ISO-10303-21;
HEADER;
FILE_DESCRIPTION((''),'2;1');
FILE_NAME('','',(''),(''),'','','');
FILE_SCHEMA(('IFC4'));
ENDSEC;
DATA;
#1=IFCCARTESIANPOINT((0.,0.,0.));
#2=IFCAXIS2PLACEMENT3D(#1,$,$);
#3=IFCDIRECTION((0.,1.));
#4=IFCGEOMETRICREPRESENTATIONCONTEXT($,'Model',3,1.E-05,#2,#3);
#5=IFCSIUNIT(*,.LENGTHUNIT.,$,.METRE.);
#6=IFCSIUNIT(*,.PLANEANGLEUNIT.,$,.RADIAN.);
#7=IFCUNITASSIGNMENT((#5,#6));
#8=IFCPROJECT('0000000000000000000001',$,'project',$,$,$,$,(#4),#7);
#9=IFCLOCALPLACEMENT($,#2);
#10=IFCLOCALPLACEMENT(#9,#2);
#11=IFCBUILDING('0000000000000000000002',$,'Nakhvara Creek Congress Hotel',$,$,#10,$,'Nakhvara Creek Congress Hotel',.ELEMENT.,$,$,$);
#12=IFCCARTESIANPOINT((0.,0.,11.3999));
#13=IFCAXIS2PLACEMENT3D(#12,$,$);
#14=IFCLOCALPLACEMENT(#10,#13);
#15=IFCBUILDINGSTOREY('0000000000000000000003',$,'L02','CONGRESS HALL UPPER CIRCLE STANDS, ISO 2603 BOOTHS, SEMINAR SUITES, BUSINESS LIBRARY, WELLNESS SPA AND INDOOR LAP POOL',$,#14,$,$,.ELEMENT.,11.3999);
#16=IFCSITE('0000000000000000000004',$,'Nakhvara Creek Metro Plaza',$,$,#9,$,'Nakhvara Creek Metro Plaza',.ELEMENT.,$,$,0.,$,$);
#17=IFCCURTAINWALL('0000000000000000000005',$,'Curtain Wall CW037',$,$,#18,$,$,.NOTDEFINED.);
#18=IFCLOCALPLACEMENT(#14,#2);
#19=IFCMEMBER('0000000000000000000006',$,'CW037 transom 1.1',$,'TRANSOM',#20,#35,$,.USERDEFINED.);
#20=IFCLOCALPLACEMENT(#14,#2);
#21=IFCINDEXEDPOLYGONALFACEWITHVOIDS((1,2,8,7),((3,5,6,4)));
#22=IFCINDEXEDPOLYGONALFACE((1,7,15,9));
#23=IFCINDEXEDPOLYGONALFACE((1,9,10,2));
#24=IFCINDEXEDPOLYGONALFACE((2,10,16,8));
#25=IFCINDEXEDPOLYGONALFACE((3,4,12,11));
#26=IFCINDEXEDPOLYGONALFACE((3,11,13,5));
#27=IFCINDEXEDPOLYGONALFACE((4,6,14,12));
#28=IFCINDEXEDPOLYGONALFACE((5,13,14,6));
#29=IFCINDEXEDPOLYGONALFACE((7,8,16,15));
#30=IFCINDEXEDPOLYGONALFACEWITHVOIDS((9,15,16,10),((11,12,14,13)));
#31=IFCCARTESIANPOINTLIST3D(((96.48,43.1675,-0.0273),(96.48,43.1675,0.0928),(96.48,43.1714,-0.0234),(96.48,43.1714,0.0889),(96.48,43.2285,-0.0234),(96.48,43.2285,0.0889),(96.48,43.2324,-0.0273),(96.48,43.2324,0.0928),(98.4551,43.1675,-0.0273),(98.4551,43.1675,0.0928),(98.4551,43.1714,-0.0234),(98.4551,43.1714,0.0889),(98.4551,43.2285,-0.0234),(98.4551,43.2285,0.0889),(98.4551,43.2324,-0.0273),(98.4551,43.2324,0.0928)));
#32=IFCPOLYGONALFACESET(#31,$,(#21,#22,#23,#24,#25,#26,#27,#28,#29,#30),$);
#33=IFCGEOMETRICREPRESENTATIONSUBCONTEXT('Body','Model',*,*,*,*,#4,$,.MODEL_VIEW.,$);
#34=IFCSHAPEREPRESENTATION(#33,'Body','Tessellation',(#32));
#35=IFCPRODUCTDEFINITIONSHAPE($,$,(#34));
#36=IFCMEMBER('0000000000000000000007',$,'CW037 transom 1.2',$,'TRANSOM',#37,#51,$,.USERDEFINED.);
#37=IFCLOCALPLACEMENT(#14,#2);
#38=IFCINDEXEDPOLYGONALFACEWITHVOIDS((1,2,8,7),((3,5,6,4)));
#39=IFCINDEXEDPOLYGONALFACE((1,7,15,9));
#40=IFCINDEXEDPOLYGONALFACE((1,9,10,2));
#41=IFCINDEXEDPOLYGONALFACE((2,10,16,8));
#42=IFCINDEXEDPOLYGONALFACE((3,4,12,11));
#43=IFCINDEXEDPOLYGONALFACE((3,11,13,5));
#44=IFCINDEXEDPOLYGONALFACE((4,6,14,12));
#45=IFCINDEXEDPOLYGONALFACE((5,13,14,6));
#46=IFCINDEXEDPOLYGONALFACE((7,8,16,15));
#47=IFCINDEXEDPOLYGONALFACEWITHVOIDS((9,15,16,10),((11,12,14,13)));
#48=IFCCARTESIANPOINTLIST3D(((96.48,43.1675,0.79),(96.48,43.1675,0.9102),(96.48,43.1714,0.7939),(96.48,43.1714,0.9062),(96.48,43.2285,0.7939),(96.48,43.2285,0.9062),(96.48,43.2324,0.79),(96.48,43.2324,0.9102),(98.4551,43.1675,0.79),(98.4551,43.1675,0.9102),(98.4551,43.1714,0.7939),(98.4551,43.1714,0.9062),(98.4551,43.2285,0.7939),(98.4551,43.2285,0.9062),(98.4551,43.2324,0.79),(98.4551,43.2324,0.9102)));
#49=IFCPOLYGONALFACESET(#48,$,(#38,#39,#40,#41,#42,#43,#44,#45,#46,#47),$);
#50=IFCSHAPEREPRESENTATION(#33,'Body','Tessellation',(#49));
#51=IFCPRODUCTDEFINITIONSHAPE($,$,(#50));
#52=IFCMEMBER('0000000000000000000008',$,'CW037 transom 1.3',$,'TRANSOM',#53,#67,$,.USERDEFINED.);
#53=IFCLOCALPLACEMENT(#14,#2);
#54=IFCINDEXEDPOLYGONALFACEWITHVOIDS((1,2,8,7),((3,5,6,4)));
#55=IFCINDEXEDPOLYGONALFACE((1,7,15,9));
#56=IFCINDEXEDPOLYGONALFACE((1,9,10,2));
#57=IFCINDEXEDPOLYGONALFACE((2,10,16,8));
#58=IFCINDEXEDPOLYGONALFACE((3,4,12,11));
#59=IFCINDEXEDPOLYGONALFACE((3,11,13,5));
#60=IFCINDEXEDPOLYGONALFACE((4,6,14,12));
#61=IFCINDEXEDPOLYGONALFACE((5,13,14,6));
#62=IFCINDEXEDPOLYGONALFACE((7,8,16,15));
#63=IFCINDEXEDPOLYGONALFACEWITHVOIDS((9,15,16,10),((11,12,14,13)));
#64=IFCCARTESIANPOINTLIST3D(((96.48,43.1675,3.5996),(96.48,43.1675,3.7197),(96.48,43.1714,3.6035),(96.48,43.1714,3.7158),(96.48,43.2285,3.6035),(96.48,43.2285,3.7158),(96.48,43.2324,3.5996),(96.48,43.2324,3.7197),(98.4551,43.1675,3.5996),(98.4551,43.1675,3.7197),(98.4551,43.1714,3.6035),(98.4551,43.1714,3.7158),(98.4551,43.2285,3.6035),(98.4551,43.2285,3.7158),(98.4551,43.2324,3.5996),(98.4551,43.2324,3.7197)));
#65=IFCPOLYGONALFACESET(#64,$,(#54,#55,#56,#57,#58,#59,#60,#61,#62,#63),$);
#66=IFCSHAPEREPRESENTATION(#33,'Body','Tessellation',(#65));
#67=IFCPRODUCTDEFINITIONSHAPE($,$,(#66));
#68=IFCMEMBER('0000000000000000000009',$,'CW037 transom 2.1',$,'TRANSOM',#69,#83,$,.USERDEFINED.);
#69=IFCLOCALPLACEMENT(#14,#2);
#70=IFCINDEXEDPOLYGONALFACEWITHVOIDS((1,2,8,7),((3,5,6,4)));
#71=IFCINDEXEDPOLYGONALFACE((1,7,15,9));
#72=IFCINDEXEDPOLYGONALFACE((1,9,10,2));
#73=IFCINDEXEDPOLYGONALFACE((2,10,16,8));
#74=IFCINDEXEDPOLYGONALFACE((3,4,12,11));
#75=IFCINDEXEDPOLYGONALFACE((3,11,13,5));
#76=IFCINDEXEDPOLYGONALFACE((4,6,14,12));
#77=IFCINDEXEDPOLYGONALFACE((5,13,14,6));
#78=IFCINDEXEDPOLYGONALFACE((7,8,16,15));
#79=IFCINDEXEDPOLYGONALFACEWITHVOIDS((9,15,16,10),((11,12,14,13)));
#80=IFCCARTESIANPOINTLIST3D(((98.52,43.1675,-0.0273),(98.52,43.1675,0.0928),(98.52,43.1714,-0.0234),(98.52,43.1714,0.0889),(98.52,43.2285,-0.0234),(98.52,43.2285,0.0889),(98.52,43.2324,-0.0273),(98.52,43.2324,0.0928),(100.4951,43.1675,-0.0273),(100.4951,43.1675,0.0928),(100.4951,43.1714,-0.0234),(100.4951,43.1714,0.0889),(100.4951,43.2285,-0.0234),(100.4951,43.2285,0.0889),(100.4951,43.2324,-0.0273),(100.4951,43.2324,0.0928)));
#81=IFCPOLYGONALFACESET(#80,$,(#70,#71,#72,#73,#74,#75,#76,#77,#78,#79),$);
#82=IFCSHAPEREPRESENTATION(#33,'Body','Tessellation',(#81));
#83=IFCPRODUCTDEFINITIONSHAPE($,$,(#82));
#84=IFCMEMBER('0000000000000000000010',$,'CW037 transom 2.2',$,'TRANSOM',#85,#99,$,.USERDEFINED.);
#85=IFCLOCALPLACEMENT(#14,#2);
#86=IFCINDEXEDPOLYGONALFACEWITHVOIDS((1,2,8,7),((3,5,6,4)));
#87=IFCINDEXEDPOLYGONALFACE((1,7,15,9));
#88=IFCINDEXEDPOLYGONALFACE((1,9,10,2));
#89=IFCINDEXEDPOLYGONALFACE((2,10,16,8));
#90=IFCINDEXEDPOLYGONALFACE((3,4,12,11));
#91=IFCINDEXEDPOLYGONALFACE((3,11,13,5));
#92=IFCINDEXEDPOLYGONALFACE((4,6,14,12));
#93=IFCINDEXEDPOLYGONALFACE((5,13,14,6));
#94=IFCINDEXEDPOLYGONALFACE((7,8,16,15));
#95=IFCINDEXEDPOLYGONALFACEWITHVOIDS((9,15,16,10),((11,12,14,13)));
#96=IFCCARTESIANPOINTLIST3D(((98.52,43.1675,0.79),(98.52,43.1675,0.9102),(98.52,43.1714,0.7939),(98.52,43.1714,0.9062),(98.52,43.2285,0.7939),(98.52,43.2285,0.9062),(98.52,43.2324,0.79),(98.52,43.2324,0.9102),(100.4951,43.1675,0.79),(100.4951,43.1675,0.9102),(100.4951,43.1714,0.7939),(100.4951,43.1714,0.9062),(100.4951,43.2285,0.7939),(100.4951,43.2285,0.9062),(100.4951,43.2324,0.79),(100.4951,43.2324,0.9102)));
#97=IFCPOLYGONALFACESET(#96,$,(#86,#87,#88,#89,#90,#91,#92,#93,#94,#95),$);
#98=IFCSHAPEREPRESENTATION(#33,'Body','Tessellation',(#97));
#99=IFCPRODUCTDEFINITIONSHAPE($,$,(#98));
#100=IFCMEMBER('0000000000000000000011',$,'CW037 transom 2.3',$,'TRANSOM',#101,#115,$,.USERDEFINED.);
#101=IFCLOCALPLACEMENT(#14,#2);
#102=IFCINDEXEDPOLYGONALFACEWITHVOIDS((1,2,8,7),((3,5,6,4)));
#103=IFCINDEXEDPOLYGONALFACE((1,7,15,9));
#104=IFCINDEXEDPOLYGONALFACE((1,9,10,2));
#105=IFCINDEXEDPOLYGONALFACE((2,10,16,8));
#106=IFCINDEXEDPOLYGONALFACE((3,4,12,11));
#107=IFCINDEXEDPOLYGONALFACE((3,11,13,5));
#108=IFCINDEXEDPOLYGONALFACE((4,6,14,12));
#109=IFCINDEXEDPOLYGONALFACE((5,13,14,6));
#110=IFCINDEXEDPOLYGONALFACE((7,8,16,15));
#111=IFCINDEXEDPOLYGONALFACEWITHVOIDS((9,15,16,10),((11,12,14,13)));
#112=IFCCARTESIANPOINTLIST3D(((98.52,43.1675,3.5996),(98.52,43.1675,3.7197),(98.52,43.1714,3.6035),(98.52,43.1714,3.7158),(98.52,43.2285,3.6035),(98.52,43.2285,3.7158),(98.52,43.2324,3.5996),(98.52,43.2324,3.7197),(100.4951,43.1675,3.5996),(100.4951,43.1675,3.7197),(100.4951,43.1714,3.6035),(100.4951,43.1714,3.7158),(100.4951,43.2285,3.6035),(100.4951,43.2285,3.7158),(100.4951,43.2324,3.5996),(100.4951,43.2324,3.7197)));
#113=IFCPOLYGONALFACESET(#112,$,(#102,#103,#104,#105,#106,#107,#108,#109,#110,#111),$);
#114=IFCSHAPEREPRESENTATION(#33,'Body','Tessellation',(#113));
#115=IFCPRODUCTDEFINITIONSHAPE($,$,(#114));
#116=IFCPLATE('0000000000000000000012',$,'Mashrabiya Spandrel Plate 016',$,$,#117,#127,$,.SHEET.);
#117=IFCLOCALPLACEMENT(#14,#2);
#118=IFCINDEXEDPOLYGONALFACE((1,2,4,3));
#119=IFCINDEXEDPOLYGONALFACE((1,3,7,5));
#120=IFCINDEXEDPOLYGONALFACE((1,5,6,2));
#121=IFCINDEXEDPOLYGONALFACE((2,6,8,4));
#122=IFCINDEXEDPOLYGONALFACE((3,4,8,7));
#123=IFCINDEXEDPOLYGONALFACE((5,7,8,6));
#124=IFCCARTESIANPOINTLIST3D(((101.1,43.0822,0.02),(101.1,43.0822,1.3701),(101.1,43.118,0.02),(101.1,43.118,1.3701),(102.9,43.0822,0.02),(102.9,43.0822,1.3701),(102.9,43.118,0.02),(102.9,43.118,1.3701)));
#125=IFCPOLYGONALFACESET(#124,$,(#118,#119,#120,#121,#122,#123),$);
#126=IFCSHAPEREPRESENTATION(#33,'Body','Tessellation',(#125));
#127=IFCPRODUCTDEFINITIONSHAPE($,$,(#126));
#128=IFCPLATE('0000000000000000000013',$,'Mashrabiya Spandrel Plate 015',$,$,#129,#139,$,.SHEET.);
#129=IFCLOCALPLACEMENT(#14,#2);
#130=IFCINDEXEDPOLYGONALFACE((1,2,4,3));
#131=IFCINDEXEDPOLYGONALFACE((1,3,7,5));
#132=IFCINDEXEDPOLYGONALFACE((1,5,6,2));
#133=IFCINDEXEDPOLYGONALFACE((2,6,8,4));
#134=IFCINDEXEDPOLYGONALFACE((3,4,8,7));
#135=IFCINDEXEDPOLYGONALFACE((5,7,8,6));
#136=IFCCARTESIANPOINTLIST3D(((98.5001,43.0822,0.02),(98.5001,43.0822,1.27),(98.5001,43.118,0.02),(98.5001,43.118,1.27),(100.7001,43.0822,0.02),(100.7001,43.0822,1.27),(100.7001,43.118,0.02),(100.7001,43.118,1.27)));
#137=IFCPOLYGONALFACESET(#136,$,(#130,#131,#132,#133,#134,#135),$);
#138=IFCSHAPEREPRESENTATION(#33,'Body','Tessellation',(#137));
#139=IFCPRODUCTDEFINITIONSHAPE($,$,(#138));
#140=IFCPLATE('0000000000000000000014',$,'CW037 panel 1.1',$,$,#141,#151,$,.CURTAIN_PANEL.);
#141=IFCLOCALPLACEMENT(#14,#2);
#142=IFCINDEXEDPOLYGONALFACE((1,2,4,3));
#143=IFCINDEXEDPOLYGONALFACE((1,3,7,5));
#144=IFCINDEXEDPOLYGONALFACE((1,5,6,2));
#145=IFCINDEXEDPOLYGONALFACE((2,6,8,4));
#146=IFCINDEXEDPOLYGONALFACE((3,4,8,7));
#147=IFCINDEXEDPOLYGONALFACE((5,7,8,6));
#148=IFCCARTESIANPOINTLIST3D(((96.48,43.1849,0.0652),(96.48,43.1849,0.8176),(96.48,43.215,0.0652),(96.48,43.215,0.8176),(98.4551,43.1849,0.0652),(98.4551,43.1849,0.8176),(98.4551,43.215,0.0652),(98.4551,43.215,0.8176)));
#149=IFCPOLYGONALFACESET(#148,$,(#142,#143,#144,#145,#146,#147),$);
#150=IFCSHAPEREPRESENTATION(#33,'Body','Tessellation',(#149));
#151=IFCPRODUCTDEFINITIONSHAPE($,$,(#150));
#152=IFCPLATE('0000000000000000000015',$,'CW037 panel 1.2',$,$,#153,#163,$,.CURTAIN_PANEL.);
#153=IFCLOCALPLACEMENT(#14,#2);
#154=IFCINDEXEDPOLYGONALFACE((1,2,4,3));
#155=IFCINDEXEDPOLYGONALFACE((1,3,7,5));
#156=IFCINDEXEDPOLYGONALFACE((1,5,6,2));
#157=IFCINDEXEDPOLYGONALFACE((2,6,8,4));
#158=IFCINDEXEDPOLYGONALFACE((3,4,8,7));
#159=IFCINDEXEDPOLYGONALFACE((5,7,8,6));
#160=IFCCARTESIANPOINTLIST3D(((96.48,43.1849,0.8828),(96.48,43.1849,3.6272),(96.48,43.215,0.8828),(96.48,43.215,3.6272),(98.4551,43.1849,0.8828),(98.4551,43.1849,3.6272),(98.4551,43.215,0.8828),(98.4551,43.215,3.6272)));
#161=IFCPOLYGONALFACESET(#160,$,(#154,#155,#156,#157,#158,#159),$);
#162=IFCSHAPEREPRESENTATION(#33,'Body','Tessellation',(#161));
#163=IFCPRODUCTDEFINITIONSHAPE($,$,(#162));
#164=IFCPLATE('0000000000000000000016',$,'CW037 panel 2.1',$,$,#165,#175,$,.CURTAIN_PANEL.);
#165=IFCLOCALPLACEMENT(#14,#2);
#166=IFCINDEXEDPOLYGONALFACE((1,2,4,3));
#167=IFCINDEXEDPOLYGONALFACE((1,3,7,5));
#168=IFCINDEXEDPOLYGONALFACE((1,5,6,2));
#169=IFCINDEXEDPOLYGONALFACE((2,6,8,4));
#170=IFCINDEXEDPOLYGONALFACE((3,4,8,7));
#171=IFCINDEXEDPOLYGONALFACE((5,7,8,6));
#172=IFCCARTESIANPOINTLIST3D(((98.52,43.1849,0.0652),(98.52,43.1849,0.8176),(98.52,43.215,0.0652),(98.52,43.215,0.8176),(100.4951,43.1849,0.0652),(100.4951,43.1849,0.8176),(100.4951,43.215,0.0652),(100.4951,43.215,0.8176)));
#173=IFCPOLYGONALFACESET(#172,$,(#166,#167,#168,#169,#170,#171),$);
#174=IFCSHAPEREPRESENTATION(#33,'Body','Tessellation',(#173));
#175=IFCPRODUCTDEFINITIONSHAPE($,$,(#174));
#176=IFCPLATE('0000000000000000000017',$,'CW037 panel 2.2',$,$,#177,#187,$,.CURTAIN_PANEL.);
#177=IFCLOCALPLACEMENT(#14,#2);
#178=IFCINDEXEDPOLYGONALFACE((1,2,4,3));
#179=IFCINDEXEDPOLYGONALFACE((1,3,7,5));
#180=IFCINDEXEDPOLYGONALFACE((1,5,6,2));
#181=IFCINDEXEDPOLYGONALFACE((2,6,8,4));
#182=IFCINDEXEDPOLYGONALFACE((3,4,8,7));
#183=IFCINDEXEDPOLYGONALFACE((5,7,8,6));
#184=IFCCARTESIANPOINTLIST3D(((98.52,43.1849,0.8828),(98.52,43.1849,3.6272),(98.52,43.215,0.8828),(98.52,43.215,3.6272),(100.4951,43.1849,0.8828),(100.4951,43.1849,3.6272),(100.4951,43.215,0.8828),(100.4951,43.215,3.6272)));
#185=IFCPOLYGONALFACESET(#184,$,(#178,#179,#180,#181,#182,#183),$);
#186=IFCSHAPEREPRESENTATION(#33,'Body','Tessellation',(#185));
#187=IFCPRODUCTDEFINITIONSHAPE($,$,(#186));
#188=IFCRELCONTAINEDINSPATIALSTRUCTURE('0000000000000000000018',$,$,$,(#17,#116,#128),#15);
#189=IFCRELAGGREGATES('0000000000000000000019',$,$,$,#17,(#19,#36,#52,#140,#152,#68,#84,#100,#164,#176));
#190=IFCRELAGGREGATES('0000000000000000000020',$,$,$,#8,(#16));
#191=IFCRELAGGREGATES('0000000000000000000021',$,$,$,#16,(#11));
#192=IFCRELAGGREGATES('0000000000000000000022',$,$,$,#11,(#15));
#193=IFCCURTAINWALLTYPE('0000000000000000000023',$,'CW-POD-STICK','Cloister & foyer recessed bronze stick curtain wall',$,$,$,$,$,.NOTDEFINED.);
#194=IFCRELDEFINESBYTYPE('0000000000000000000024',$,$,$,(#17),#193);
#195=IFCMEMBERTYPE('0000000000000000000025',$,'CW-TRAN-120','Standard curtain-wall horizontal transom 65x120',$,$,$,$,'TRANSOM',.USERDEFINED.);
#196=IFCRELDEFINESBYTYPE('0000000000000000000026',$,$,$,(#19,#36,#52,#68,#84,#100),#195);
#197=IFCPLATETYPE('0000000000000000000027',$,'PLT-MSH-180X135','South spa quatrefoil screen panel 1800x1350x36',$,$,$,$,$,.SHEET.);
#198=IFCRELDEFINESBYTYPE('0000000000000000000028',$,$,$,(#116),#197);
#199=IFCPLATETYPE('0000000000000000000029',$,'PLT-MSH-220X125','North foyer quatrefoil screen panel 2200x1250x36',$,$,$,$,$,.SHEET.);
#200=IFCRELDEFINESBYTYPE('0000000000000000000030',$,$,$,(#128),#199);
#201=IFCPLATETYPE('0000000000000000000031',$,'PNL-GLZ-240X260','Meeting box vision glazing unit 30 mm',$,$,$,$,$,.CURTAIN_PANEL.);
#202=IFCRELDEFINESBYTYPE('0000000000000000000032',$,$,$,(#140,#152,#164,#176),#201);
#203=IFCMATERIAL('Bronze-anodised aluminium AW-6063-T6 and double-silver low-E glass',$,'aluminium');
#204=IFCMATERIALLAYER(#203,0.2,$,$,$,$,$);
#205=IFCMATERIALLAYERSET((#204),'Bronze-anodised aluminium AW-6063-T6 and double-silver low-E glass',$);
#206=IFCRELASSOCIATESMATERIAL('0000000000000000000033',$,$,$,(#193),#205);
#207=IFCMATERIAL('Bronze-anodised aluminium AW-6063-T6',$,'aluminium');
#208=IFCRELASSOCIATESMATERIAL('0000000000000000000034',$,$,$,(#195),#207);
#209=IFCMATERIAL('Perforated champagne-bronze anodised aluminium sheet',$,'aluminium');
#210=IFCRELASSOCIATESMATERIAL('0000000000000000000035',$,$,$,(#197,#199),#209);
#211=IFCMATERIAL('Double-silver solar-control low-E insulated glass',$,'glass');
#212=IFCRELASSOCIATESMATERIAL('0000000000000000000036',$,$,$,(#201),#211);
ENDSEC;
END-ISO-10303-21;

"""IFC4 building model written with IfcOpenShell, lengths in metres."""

from ifc_helpers import new_model, si_unit, direction, frame, origin, origin_2d, place, context, subcontext, project, spatial, rectangle, hollow_rectangle, extrude, material, layer, layer_set, material_profile, profile_set, type_object, element, aggregate, save


model = new_model("IFC4")

# Units and contexts
model_context = context("Model", 3, precision=1e-05, world=origin(), true_north=direction((0.0, 1.0)))
body_context = subcontext(model_context, "Body", "Model", "MODEL_VIEW")
ifc_project = project(units=[si_unit("LENGTHUNIT", "METRE"), si_unit("PLANEANGLEUNIT", "RADIAN")], contexts=[model_context])

# Site, building, storey
site_placement = place(None, origin())
site = spatial("IfcSite", under=ifc_project, at=site_placement, Name="Nakhvara Creek Metro Plaza", LongName="Nakhvara Creek Metro Plaza", CompositionType="ELEMENT", RefElevation=0.0)
building_placement = place(site_placement, origin())
building = spatial("IfcBuilding", under=site, at=building_placement, Name="Nakhvara Creek Congress Hotel", LongName="Nakhvara Creek Congress Hotel", CompositionType="ELEMENT")
storey_placement = place(building_placement, frame((0.0, 0.0, 11.3999)))
storey = spatial("IfcBuildingStorey", under=building, at=storey_placement, Name="L02", Description="CONGRESS HALL UPPER CIRCLE STANDS, ISO 2603 BOOTHS, SEMINAR SUITES, BUSINESS LIBRARY, WELLNESS SPA AND INDOOR LAP POOL", CompositionType="ELEMENT", Elevation=11.3999)

# Curtain wall
ifc_material_1 = material(Name="Bronze-anodised aluminium AW-6063-T6 and double-silver low-E glass", Category="aluminium")
ifc_layer = layer(ifc_material_1, 0.2)
ifc_layer_set = layer_set([ifc_layer], Name="Bronze-anodised aluminium AW-6063-T6 and double-silver low-E glass")
curtain_wall_type = type_object("IfcCurtainWallType", Name="CW-POD-STICK", Description="Cloister & foyer recessed bronze stick curtain wall", PredefinedType="NOTDEFINED", material=ifc_layer_set)
curtain_wall_1_placement = place(storey_placement, origin())
curtain_wall_1 = element("IfcCurtainWall", 1, at=curtain_wall_1_placement, inside=storey, type_object=curtain_wall_type, Name="Curtain Wall CW037", PredefinedType="NOTDEFINED")
ifc_material_2 = material(Name="Bronze-anodised aluminium AW-6063-T6", Category="aluminium")

# Members
ifc_material_profile_1 = material_profile(ifc_material_2, hollow_rectangle(XDim=0.0649, YDim=0.1201, WallThickness=0.0039, at=origin_2d()), Name="ALU-TRAN 65x120x4", Category="LoadBearing")
ifc_profile_set_1 = profile_set([ifc_material_profile_1], Name="Bronze-anodised aluminium AW-6063-T6")
member_type_1 = type_object("IfcMemberType", Name="CW-TRAN-120", Description="Standard curtain-wall horizontal transom 65x120", ElementType="TRANSOM", PredefinedType="USERDEFINED", material=ifc_profile_set_1)
member_1_placement = place(storey_placement, frame((96.48, 43.2, 0.0327), z_axis=(1.0, 0.0, 0.0), x_axis=(0.0, 1.0, 0.0)))
member_1 = element("IfcMember", 2, at=member_1_placement, type_object=member_type_1, Name="CW037 transom 1.1", ObjectType="TRANSOM", PredefinedType="USERDEFINED", context=body_context, shape_type="SweptSolid", body=[
    extrude(hollow_rectangle(XDim=0.0649, YDim=0.1201, WallThickness=0.0039, at=origin_2d()), origin(), (0.0, 0.0, 1.0), 1.9751),
])
member_2_placement = place(storey_placement, frame((96.48, 43.2, 0.8501), z_axis=(1.0, 0.0, 0.0), x_axis=(0.0, 1.0, 0.0)))
member_2 = element("IfcMember", 3, at=member_2_placement, type_object=member_type_1, Name="CW037 transom 1.2", ObjectType="TRANSOM", PredefinedType="USERDEFINED", context=body_context, shape_type="SweptSolid", body=[
    extrude(hollow_rectangle(XDim=0.0649, YDim=0.1201, WallThickness=0.0039, at=origin_2d()), origin(), (0.0, 0.0, 1.0), 1.9751),
])
member_3_placement = place(storey_placement, frame((96.48, 43.2, 3.6597), z_axis=(1.0, 0.0, 0.0), x_axis=(0.0, 1.0, 0.0)))
member_3 = element("IfcMember", 4, at=member_3_placement, type_object=member_type_1, Name="CW037 transom 1.3", ObjectType="TRANSOM", PredefinedType="USERDEFINED", context=body_context, shape_type="SweptSolid", body=[
    extrude(hollow_rectangle(XDim=0.0649, YDim=0.1201, WallThickness=0.0039, at=origin_2d()), origin(), (0.0, 0.0, 1.0), 1.9751),
])
member_4_placement = place(storey_placement, frame((98.52, 43.2, 0.0327), z_axis=(1.0, 0.0, 0.0), x_axis=(0.0, 1.0, 0.0)))
member_4 = element("IfcMember", 5, at=member_4_placement, type_object=member_type_1, Name="CW037 transom 2.1", ObjectType="TRANSOM", PredefinedType="USERDEFINED", context=body_context, shape_type="SweptSolid", body=[
    extrude(hollow_rectangle(XDim=0.0649, YDim=0.1201, WallThickness=0.0039, at=origin_2d()), origin(), (0.0, 0.0, 1.0), 1.9751),
])
member_5_placement = place(storey_placement, frame((98.52, 43.2, 0.8501), z_axis=(1.0, 0.0, 0.0), x_axis=(0.0, 1.0, 0.0)))
member_5 = element("IfcMember", 6, at=member_5_placement, type_object=member_type_1, Name="CW037 transom 2.2", ObjectType="TRANSOM", PredefinedType="USERDEFINED", context=body_context, shape_type="SweptSolid", body=[
    extrude(hollow_rectangle(XDim=0.0649, YDim=0.1201, WallThickness=0.0039, at=origin_2d()), origin(), (0.0, 0.0, 1.0), 1.9751),
])
member_6_placement = place(storey_placement, frame((98.52, 43.2, 3.6597), z_axis=(1.0, 0.0, 0.0), x_axis=(0.0, 1.0, 0.0)))
member_6 = element("IfcMember", 7, at=member_6_placement, type_object=member_type_1, Name="CW037 transom 2.3", ObjectType="TRANSOM", PredefinedType="USERDEFINED", context=body_context, shape_type="SweptSolid", body=[
    extrude(hollow_rectangle(XDim=0.0649, YDim=0.1201, WallThickness=0.0039, at=origin_2d()), origin(), (0.0, 0.0, 1.0), 1.9751),
])

# Plates
ifc_material_3 = material(Name="Perforated champagne-bronze anodised aluminium sheet", Category="aluminium")
plate_type_1 = type_object("IfcPlateType", Name="PLT-MSH-180X135", Description="South spa quatrefoil screen panel 1800x1350x36", PredefinedType="SHEET", material=ifc_material_3)
plate_1_placement = place(storey_placement, frame((102.0, 43.1001, 0.02), z_axis=(0.0, 0.0, 1.0), x_axis=(1.0, 0.0, 0.0)))
element("IfcPlate", 8, at=plate_1_placement, inside=storey, type_object=plate_type_1, Name="Mashrabiya Spandrel Plate 016", PredefinedType="SHEET", context=body_context, shape_type="SweptSolid", body=[
    extrude(rectangle(XDim=1.8, YDim=0.0359, at=origin_2d()), origin(), (0.0, 0.0, 1.0), 1.3501),
])
plate_type_2 = type_object("IfcPlateType", Name="PLT-MSH-220X125", Description="North foyer quatrefoil screen panel 2200x1250x36", PredefinedType="SHEET", material=ifc_material_3)
plate_2_placement = place(storey_placement, frame((99.6001, 43.1001, 0.02), z_axis=(0.0, 0.0, 1.0), x_axis=(1.0, 0.0, 0.0)))
element("IfcPlate", 9, at=plate_2_placement, inside=storey, type_object=plate_type_2, Name="Mashrabiya Spandrel Plate 015", PredefinedType="SHEET", context=body_context, shape_type="SweptSolid", body=[
    extrude(rectangle(XDim=2.2, YDim=0.0359, at=origin_2d()), origin(), (0.0, 0.0, 1.0), 1.25),
])

# Plates
ifc_material_4 = material(Name="Double-silver solar-control low-E insulated glass", Category="glass")
plate_type_3 = type_object("IfcPlateType", Name="PNL-GLZ-240X260", Description="Meeting box vision glazing unit 30 mm", PredefinedType="CURTAIN_PANEL", material=ifc_material_4)
plate_3_placement = place(storey_placement, frame((97.4675, 43.2, 0.0652), z_axis=(0.0, 0.0, 1.0), x_axis=(1.0, 0.0, 0.0)))
plate_3 = element("IfcPlate", 10, at=plate_3_placement, type_object=plate_type_3, Name="CW037 panel 1.1", PredefinedType="CURTAIN_PANEL", context=body_context, shape_type="SweptSolid", body=[
    extrude(rectangle(XDim=1.9751, YDim=0.03, at=origin_2d()), origin(), (0.0, 0.0, 1.0), 0.7524),
])
plate_4_placement = place(storey_placement, frame((97.4675, 43.2, 0.8828), z_axis=(0.0, 0.0, 1.0), x_axis=(1.0, 0.0, 0.0)))
plate_4 = element("IfcPlate", 11, at=plate_4_placement, type_object=plate_type_3, Name="CW037 panel 1.2", PredefinedType="CURTAIN_PANEL", context=body_context, shape_type="SweptSolid", body=[
    extrude(rectangle(XDim=1.9751, YDim=0.03, at=origin_2d()), origin(), (0.0, 0.0, 1.0), 2.7444),
])
plate_5_placement = place(storey_placement, frame((99.5076, 43.2, 0.0652), z_axis=(0.0, 0.0, 1.0), x_axis=(1.0, 0.0, 0.0)))
plate_5 = element("IfcPlate", 12, at=plate_5_placement, type_object=plate_type_3, Name="CW037 panel 2.1", PredefinedType="CURTAIN_PANEL", context=body_context, shape_type="SweptSolid", body=[
    extrude(rectangle(XDim=1.9751, YDim=0.03, at=origin_2d()), origin(), (0.0, 0.0, 1.0), 0.7524),
])
plate_6_placement = place(storey_placement, frame((99.5076, 43.2, 0.8828), z_axis=(0.0, 0.0, 1.0), x_axis=(1.0, 0.0, 0.0)))
plate_6 = element("IfcPlate", 13, at=plate_6_placement, type_object=plate_type_3, Name="CW037 panel 2.2", PredefinedType="CURTAIN_PANEL", context=body_context, shape_type="SweptSolid", body=[
    extrude(rectangle(XDim=1.9751, YDim=0.03, at=origin_2d()), origin(), (0.0, 0.0, 1.0), 2.7444),
])
aggregate(curtain_wall_1, [member_1, member_2, member_3, plate_3, plate_4, member_4, member_5, member_6, plate_5, plate_6])

save(model, "model.ifc")
